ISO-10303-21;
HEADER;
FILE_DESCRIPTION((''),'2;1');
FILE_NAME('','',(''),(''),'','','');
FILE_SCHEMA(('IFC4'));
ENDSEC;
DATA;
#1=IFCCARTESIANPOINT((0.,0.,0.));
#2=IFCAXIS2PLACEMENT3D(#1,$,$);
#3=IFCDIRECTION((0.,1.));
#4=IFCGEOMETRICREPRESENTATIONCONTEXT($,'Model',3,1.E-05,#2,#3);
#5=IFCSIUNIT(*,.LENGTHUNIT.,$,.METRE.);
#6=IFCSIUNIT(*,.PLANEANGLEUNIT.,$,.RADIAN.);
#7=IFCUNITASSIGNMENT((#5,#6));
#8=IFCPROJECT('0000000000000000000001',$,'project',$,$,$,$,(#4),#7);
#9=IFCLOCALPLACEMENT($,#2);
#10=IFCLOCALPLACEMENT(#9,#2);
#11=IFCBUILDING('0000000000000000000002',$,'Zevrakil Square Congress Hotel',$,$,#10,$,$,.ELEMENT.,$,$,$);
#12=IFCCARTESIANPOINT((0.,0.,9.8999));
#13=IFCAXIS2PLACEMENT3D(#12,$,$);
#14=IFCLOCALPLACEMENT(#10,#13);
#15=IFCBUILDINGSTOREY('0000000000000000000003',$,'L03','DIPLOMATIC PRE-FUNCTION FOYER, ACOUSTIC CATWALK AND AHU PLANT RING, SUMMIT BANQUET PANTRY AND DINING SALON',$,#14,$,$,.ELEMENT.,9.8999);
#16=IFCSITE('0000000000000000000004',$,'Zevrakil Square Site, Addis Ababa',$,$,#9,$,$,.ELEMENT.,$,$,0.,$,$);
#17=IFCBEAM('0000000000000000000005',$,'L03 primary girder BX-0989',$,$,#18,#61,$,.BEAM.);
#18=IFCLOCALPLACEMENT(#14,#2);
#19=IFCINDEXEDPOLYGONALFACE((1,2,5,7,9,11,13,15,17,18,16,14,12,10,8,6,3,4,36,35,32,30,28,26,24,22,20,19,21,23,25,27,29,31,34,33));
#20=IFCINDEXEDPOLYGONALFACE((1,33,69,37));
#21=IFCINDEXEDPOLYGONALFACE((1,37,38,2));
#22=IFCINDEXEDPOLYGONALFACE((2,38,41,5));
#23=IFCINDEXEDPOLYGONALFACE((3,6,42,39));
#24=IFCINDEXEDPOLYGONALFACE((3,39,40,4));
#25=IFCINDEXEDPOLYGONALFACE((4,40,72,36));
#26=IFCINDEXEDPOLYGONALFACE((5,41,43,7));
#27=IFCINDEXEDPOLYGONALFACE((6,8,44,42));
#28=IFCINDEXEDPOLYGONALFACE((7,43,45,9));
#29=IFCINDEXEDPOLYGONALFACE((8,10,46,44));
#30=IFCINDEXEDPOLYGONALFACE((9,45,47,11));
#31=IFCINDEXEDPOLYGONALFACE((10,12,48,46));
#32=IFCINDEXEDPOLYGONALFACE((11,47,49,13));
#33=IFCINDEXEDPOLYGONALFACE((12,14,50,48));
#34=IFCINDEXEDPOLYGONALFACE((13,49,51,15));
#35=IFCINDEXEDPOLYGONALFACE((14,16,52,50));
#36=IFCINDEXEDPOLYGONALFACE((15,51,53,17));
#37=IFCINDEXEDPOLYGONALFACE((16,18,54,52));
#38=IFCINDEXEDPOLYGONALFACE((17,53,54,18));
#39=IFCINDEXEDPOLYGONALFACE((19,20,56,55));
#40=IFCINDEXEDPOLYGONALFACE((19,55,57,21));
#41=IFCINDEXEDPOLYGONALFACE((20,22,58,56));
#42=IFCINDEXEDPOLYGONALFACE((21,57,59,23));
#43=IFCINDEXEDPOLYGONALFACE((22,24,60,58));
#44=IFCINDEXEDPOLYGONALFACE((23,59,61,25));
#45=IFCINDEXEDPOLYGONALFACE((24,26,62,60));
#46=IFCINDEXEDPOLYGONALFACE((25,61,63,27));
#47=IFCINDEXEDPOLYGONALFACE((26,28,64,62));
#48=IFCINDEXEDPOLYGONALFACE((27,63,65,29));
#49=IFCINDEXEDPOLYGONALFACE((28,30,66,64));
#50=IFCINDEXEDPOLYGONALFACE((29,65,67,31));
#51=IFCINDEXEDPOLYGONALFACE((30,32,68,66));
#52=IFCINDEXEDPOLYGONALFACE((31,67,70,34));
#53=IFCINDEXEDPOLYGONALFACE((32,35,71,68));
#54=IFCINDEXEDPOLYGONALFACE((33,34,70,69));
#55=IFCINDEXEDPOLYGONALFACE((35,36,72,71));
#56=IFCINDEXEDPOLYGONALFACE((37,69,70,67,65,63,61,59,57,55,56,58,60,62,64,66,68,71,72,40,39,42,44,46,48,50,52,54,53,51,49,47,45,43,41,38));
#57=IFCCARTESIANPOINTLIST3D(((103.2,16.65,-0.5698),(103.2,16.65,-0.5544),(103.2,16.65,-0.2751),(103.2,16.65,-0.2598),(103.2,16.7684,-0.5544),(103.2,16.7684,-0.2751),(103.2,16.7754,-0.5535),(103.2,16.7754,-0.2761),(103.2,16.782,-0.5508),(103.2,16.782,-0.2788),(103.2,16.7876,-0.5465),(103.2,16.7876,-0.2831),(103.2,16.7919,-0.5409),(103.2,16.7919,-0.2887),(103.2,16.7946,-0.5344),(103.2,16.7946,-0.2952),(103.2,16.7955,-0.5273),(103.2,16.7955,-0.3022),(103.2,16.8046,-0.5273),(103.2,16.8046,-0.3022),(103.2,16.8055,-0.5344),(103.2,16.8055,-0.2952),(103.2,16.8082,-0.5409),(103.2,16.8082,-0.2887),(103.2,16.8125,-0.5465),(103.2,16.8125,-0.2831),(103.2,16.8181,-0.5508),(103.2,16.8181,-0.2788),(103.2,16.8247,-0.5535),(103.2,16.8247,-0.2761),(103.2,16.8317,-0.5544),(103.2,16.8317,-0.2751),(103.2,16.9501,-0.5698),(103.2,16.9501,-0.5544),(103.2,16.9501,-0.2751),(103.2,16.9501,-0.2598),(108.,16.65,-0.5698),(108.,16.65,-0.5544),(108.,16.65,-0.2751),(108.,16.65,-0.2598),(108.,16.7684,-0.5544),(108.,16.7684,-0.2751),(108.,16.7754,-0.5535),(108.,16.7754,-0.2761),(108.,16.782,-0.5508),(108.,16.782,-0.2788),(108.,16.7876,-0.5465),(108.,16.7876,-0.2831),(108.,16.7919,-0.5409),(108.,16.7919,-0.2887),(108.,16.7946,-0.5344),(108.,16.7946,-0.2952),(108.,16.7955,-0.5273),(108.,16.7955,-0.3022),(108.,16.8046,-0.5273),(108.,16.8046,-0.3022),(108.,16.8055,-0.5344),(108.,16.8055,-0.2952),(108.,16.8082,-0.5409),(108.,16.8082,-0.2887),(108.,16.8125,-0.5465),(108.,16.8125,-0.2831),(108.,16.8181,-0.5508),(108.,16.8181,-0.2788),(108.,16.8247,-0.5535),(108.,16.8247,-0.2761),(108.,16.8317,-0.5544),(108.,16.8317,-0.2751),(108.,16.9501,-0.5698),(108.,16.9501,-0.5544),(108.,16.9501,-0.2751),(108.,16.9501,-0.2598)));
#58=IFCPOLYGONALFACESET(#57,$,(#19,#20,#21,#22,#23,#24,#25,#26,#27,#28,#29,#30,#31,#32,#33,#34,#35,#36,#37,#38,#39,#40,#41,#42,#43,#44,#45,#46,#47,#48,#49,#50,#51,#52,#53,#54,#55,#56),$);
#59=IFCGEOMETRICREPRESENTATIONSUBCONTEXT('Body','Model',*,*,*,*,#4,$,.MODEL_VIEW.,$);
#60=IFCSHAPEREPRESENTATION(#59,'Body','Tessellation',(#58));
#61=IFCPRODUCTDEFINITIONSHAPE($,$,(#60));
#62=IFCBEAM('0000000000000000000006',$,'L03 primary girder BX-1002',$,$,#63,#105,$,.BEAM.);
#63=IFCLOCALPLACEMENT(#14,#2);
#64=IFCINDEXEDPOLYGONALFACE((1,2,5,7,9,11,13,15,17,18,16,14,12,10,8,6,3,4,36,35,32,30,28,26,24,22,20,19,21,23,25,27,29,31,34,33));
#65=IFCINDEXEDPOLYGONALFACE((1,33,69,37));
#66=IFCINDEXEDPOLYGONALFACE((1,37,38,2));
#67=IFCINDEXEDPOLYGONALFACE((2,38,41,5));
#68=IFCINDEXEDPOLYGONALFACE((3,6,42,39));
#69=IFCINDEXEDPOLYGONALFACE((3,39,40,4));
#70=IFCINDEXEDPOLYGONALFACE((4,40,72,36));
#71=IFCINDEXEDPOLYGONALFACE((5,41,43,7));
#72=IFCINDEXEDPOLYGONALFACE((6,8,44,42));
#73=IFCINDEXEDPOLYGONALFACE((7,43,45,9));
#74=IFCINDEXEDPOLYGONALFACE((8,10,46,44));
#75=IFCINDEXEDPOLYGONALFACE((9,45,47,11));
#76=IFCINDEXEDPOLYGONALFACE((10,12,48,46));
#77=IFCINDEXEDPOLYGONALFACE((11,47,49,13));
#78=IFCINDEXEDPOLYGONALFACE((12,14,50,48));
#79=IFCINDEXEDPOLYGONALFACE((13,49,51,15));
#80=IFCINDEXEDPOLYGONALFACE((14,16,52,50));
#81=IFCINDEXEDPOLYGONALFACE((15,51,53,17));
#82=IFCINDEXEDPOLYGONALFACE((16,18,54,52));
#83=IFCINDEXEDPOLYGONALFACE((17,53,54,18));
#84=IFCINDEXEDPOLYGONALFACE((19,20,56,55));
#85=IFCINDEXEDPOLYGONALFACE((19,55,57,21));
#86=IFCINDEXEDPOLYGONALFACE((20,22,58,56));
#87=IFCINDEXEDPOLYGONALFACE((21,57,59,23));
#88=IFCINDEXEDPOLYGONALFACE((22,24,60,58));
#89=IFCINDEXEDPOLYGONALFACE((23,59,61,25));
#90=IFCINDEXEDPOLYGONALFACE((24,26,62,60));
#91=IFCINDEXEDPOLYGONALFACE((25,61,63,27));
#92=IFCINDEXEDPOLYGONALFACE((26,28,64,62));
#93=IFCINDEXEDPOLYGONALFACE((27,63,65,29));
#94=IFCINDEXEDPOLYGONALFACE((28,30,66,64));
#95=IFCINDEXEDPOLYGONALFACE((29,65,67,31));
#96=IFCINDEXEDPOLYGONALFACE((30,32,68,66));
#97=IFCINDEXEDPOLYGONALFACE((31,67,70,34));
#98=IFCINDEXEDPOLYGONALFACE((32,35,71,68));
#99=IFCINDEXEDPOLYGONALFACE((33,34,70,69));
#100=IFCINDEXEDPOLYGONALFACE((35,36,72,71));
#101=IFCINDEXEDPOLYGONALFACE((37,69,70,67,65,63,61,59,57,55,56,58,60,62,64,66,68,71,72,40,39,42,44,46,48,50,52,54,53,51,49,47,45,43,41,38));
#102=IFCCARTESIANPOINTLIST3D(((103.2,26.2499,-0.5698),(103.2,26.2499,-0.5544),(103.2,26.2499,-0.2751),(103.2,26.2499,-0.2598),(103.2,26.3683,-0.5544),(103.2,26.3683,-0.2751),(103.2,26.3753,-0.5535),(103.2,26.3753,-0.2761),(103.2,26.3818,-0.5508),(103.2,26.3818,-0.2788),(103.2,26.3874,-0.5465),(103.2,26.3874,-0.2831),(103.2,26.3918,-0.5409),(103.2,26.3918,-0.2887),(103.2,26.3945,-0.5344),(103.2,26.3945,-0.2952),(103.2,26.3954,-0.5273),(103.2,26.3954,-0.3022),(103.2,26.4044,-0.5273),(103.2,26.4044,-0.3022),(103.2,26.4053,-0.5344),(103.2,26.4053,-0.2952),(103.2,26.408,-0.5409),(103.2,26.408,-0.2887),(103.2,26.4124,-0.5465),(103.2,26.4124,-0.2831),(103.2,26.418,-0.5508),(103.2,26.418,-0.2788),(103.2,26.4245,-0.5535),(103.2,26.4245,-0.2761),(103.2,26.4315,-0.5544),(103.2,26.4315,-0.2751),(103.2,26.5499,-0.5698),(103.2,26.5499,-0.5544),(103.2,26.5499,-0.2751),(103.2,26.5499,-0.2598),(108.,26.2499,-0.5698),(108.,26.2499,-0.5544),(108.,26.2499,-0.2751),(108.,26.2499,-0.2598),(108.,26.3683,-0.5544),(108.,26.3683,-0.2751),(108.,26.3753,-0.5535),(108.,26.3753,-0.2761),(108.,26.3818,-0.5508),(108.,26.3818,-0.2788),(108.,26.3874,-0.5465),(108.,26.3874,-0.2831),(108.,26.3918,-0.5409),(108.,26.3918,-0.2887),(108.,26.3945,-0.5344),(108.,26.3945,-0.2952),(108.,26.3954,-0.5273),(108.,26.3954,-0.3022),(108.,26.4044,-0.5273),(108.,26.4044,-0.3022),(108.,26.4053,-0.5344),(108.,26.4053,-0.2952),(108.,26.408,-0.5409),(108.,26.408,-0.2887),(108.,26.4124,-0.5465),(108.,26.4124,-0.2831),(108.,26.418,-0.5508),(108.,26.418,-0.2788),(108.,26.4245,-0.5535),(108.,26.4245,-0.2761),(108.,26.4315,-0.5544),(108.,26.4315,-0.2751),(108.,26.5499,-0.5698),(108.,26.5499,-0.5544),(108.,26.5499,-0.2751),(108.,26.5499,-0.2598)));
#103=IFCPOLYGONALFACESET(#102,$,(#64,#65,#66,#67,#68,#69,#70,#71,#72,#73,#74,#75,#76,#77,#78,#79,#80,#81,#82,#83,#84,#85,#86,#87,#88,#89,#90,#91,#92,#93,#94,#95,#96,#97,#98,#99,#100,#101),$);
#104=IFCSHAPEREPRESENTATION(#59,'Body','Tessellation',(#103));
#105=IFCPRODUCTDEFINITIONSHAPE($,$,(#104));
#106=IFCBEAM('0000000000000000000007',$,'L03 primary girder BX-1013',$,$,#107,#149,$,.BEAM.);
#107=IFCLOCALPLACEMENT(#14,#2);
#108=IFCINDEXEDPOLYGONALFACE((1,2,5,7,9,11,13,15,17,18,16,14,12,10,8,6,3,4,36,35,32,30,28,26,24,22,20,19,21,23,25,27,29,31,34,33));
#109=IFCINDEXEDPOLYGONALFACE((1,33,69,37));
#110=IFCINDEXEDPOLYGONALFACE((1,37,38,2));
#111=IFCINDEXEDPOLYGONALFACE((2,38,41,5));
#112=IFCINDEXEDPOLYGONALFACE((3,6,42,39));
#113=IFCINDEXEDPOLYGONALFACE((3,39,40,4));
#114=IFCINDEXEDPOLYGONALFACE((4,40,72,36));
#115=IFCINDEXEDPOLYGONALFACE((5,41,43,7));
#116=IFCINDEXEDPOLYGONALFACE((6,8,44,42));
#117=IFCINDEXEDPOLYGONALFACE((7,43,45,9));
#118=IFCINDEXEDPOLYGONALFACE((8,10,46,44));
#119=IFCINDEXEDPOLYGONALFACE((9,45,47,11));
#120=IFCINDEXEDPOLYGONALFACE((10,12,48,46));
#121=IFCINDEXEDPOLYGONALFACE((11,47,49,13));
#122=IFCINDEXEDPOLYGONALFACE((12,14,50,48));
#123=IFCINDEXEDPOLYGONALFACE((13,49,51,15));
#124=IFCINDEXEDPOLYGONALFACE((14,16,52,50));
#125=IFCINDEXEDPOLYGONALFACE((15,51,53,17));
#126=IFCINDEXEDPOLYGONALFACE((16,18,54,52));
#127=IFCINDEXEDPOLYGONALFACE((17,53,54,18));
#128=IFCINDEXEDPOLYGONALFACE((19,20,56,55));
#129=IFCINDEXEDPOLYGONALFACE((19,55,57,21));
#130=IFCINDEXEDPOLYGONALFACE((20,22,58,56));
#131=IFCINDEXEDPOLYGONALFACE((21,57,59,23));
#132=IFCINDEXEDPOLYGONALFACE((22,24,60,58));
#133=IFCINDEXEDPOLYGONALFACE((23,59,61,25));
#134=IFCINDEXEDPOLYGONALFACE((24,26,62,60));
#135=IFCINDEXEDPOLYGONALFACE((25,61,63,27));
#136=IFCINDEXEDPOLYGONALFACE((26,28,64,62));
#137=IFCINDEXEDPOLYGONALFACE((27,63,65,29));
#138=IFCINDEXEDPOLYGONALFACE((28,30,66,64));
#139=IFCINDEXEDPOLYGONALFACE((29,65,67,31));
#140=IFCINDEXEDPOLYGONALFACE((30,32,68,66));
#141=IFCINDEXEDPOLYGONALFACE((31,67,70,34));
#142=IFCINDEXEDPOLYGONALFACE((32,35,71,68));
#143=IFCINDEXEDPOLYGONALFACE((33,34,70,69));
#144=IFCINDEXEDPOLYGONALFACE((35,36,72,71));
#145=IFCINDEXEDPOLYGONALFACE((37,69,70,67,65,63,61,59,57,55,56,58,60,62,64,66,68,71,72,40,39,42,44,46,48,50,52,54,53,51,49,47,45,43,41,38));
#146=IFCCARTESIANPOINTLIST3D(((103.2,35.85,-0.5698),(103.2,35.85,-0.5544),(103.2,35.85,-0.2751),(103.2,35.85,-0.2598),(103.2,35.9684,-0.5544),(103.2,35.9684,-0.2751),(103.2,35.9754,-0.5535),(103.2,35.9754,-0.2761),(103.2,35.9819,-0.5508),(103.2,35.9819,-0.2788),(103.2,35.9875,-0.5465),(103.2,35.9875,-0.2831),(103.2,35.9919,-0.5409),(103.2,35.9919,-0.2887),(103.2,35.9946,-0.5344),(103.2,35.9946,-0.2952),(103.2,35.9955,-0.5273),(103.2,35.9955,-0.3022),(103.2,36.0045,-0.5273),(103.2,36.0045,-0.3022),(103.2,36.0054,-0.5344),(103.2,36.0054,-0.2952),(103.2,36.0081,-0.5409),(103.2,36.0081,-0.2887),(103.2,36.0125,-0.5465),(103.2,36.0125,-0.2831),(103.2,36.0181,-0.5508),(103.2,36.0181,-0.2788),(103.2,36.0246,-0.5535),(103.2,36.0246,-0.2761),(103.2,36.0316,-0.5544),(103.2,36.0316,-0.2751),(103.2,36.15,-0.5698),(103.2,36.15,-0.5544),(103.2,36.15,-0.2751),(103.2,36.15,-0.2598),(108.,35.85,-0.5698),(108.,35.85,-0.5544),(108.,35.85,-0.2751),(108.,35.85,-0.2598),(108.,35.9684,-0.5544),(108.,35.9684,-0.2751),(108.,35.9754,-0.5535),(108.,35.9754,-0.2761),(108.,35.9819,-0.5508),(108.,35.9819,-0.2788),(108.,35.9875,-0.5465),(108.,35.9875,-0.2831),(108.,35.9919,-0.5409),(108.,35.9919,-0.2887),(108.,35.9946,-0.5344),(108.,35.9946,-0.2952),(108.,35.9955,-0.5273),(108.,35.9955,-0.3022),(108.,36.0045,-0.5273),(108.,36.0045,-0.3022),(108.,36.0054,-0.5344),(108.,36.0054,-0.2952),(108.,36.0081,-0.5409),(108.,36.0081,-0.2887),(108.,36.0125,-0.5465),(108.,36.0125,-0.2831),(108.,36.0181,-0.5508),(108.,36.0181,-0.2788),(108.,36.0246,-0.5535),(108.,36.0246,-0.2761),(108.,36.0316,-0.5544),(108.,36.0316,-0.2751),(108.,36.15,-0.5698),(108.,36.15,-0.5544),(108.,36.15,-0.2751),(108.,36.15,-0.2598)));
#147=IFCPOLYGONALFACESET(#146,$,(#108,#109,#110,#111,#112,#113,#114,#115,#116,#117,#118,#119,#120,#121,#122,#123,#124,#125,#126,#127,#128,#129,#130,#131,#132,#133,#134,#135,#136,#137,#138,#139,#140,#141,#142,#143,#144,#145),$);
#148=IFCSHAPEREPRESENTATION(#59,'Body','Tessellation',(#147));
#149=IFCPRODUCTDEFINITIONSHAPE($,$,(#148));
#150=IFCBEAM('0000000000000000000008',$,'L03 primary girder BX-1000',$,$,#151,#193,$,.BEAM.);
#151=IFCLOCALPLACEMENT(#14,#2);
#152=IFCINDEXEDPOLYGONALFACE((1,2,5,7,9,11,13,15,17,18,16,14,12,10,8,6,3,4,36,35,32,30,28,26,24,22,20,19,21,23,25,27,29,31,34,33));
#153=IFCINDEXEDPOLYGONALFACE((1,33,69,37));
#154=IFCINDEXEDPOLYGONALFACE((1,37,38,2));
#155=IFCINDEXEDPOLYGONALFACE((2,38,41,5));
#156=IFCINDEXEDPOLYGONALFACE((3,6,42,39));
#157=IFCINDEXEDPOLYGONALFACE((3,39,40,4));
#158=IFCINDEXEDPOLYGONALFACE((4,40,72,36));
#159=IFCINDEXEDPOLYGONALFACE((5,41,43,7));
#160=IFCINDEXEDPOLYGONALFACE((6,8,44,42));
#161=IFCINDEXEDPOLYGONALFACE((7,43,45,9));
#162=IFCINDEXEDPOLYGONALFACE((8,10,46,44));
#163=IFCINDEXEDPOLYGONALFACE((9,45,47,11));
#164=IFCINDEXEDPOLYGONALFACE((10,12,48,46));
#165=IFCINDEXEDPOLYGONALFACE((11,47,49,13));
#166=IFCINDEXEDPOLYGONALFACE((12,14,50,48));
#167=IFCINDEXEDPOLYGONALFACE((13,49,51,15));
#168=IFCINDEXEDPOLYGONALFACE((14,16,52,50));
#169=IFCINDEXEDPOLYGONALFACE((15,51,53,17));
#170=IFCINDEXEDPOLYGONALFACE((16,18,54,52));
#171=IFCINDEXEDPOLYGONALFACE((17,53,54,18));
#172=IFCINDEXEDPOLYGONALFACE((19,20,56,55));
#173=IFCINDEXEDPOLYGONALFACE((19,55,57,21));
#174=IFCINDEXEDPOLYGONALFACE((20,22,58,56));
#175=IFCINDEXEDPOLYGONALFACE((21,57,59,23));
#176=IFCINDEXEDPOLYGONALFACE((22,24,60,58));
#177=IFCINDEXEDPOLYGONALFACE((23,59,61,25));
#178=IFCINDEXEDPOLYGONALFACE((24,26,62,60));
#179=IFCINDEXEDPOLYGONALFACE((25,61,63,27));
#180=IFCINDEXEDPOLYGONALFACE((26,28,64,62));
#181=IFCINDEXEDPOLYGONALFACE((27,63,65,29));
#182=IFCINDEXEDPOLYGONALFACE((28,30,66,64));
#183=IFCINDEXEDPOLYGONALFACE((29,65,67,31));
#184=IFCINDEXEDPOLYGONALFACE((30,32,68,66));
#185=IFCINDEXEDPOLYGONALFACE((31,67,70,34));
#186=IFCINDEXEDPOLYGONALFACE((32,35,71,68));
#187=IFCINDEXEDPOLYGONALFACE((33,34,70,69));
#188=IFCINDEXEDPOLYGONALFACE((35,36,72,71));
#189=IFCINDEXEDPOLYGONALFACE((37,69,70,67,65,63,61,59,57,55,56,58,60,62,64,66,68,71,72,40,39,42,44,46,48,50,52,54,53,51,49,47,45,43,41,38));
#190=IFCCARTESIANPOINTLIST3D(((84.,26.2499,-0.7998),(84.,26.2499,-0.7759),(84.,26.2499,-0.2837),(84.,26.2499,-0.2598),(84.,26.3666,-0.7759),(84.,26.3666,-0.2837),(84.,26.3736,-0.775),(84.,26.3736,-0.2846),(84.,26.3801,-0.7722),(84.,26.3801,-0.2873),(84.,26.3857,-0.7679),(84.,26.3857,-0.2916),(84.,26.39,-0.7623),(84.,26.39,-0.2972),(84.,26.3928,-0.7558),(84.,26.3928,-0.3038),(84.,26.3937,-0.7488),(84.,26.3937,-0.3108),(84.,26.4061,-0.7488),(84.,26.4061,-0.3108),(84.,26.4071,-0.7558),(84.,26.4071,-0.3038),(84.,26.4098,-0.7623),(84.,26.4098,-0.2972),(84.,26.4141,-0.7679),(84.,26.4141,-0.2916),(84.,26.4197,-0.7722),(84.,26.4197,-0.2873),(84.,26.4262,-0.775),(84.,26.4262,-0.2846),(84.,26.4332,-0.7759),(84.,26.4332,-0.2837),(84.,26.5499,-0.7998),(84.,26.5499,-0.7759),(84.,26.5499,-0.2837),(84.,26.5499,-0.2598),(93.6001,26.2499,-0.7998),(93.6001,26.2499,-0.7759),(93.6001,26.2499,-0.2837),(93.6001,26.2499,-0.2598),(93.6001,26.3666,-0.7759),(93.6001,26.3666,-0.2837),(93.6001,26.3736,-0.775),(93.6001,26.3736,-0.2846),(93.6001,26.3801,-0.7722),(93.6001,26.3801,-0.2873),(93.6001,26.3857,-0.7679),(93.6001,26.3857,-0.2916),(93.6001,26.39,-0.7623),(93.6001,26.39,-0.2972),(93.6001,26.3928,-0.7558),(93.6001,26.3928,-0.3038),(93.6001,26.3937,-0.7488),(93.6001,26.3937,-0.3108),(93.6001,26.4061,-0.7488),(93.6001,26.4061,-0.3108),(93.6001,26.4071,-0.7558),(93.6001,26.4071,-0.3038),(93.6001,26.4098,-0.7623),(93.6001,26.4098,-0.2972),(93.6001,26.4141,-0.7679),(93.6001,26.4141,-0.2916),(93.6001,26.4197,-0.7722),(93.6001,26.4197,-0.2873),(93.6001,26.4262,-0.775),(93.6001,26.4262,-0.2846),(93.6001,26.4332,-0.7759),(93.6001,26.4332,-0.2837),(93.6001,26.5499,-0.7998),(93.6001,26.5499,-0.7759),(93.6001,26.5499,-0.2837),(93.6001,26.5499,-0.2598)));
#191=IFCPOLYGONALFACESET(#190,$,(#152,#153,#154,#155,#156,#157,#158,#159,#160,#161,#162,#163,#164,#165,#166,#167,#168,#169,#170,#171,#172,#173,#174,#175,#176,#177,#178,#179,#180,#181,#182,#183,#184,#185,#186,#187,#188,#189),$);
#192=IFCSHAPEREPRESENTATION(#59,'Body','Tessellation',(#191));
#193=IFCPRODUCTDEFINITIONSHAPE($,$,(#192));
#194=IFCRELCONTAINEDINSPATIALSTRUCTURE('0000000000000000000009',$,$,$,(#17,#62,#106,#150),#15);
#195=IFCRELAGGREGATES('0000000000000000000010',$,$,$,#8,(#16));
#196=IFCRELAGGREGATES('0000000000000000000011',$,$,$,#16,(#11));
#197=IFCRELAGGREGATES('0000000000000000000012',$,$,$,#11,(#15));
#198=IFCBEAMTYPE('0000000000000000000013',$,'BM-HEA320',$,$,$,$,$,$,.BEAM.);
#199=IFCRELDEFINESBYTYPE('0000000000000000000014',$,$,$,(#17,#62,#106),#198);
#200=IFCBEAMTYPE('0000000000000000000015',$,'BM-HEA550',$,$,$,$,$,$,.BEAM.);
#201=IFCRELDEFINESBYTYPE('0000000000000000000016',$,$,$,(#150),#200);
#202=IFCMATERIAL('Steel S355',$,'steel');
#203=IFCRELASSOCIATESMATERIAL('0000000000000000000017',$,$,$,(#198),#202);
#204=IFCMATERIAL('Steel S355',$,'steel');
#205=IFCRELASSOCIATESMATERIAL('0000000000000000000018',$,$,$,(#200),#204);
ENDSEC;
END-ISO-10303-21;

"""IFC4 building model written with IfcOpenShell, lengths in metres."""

from ifc_helpers import new_model, si_unit, direction, frame, origin, origin_2d, place, context, subcontext, project, spatial, i_section, extrude, material, material_profile, profile_set, type_object, element, save


model = new_model("IFC4")

# Units and contexts
model_context = context("Model", 3, precision=1e-05, world=origin(), true_north=direction((0.0, 1.0)))
body_context = subcontext(model_context, "Body", "Model", "MODEL_VIEW")
ifc_project = project(units=[si_unit("LENGTHUNIT", "METRE"), si_unit("PLANEANGLEUNIT", "RADIAN")], contexts=[model_context])

# Site, building, storey
site_placement = place(None, origin())
site = spatial("IfcSite", under=ifc_project, at=site_placement, Name="Zevrakil Square Site, Addis Ababa", CompositionType="ELEMENT", RefElevation=0.0)
building_placement = place(site_placement, origin())
building = spatial("IfcBuilding", under=site, at=building_placement, Name="Zevrakil Square Congress Hotel", CompositionType="ELEMENT")
storey_placement = place(building_placement, frame((0.0, 0.0, 9.8999)))
storey = spatial("IfcBuildingStorey", under=building, at=storey_placement, Name="L03", Description="DIPLOMATIC PRE-FUNCTION FOYER, ACOUSTIC CATWALK AND AHU PLANT RING, SUMMIT BANQUET PANTRY AND DINING SALON", CompositionType="ELEMENT", Elevation=9.8999)

# Beams
ifc_material_1 = material(Name="Steel S355", Category="steel")
ifc_material_profile_1 = material_profile(ifc_material_1, i_section(OverallWidth=0.3, OverallDepth=0.3101, WebThickness=0.009, FlangeThickness=0.0154, FilletRadius=0.0271, at=origin_2d()), Name="HEA 320")
ifc_profile_set_1 = profile_set([ifc_material_profile_1], Name="Steel S355")
beam_type_1 = type_object("IfcBeamType", Name="BM-HEA320", PredefinedType="BEAM", material=ifc_profile_set_1)
for number, where, z_axis, x_axis, name in (
    (1, (103.2, 16.8, -0.4148), (1.0, 0.0, 0.0), (0.0, 1.0, 0.0), "L03 primary girder BX-0989"),
    (2, (103.2, 26.3999, -0.4148), (1.0, 0.0, 0.0), (0.0, 1.0, 0.0), "L03 primary girder BX-1002"),
    (3, (103.2, 36.0, -0.4148), (1.0, 0.0, 0.0), (0.0, 1.0, 0.0), "L03 primary girder BX-1013"),
):
    element("IfcBeam", number, at=place(storey_placement, frame(where, z_axis=z_axis, x_axis=x_axis)), inside=storey, type_object=beam_type_1, Name=name, PredefinedType="BEAM", context=body_context, shape_type="SweptSolid", body=[
        extrude(i_section(OverallWidth=0.3, OverallDepth=0.3101, WebThickness=0.009, FlangeThickness=0.0154, FilletRadius=0.0271, at=origin_2d()), origin(), (0.0, 0.0, 1.0), 4.8),
    ])
ifc_material_2 = material(Name="Steel S355", Category="steel")
ifc_material_profile_2 = material_profile(ifc_material_2, i_section(OverallWidth=0.3, OverallDepth=0.54, WebThickness=0.0125, FlangeThickness=0.0239, FilletRadius=0.0271, at=origin_2d()), Name="HEA 550")
ifc_profile_set_2 = profile_set([ifc_material_profile_2], Name="Steel S355")
beam_type_2 = type_object("IfcBeamType", Name="BM-HEA550", PredefinedType="BEAM", material=ifc_profile_set_2)
beam_1_placement = place(storey_placement, frame((84.0, 26.3999, -0.5298), z_axis=(1.0, 0.0, 0.0), x_axis=(0.0, 1.0, 0.0)))
element("IfcBeam", 4, at=beam_1_placement, inside=storey, type_object=beam_type_2, Name="L03 primary girder BX-1000", PredefinedType="BEAM", context=body_context, shape_type="SweptSolid", body=[
    extrude(i_section(OverallWidth=0.3, OverallDepth=0.54, WebThickness=0.0125, FlangeThickness=0.0239, FilletRadius=0.0271, at=origin_2d()), origin(), (0.0, 0.0, 1.0), 9.6001),
])

save(model, "model.ifc")
